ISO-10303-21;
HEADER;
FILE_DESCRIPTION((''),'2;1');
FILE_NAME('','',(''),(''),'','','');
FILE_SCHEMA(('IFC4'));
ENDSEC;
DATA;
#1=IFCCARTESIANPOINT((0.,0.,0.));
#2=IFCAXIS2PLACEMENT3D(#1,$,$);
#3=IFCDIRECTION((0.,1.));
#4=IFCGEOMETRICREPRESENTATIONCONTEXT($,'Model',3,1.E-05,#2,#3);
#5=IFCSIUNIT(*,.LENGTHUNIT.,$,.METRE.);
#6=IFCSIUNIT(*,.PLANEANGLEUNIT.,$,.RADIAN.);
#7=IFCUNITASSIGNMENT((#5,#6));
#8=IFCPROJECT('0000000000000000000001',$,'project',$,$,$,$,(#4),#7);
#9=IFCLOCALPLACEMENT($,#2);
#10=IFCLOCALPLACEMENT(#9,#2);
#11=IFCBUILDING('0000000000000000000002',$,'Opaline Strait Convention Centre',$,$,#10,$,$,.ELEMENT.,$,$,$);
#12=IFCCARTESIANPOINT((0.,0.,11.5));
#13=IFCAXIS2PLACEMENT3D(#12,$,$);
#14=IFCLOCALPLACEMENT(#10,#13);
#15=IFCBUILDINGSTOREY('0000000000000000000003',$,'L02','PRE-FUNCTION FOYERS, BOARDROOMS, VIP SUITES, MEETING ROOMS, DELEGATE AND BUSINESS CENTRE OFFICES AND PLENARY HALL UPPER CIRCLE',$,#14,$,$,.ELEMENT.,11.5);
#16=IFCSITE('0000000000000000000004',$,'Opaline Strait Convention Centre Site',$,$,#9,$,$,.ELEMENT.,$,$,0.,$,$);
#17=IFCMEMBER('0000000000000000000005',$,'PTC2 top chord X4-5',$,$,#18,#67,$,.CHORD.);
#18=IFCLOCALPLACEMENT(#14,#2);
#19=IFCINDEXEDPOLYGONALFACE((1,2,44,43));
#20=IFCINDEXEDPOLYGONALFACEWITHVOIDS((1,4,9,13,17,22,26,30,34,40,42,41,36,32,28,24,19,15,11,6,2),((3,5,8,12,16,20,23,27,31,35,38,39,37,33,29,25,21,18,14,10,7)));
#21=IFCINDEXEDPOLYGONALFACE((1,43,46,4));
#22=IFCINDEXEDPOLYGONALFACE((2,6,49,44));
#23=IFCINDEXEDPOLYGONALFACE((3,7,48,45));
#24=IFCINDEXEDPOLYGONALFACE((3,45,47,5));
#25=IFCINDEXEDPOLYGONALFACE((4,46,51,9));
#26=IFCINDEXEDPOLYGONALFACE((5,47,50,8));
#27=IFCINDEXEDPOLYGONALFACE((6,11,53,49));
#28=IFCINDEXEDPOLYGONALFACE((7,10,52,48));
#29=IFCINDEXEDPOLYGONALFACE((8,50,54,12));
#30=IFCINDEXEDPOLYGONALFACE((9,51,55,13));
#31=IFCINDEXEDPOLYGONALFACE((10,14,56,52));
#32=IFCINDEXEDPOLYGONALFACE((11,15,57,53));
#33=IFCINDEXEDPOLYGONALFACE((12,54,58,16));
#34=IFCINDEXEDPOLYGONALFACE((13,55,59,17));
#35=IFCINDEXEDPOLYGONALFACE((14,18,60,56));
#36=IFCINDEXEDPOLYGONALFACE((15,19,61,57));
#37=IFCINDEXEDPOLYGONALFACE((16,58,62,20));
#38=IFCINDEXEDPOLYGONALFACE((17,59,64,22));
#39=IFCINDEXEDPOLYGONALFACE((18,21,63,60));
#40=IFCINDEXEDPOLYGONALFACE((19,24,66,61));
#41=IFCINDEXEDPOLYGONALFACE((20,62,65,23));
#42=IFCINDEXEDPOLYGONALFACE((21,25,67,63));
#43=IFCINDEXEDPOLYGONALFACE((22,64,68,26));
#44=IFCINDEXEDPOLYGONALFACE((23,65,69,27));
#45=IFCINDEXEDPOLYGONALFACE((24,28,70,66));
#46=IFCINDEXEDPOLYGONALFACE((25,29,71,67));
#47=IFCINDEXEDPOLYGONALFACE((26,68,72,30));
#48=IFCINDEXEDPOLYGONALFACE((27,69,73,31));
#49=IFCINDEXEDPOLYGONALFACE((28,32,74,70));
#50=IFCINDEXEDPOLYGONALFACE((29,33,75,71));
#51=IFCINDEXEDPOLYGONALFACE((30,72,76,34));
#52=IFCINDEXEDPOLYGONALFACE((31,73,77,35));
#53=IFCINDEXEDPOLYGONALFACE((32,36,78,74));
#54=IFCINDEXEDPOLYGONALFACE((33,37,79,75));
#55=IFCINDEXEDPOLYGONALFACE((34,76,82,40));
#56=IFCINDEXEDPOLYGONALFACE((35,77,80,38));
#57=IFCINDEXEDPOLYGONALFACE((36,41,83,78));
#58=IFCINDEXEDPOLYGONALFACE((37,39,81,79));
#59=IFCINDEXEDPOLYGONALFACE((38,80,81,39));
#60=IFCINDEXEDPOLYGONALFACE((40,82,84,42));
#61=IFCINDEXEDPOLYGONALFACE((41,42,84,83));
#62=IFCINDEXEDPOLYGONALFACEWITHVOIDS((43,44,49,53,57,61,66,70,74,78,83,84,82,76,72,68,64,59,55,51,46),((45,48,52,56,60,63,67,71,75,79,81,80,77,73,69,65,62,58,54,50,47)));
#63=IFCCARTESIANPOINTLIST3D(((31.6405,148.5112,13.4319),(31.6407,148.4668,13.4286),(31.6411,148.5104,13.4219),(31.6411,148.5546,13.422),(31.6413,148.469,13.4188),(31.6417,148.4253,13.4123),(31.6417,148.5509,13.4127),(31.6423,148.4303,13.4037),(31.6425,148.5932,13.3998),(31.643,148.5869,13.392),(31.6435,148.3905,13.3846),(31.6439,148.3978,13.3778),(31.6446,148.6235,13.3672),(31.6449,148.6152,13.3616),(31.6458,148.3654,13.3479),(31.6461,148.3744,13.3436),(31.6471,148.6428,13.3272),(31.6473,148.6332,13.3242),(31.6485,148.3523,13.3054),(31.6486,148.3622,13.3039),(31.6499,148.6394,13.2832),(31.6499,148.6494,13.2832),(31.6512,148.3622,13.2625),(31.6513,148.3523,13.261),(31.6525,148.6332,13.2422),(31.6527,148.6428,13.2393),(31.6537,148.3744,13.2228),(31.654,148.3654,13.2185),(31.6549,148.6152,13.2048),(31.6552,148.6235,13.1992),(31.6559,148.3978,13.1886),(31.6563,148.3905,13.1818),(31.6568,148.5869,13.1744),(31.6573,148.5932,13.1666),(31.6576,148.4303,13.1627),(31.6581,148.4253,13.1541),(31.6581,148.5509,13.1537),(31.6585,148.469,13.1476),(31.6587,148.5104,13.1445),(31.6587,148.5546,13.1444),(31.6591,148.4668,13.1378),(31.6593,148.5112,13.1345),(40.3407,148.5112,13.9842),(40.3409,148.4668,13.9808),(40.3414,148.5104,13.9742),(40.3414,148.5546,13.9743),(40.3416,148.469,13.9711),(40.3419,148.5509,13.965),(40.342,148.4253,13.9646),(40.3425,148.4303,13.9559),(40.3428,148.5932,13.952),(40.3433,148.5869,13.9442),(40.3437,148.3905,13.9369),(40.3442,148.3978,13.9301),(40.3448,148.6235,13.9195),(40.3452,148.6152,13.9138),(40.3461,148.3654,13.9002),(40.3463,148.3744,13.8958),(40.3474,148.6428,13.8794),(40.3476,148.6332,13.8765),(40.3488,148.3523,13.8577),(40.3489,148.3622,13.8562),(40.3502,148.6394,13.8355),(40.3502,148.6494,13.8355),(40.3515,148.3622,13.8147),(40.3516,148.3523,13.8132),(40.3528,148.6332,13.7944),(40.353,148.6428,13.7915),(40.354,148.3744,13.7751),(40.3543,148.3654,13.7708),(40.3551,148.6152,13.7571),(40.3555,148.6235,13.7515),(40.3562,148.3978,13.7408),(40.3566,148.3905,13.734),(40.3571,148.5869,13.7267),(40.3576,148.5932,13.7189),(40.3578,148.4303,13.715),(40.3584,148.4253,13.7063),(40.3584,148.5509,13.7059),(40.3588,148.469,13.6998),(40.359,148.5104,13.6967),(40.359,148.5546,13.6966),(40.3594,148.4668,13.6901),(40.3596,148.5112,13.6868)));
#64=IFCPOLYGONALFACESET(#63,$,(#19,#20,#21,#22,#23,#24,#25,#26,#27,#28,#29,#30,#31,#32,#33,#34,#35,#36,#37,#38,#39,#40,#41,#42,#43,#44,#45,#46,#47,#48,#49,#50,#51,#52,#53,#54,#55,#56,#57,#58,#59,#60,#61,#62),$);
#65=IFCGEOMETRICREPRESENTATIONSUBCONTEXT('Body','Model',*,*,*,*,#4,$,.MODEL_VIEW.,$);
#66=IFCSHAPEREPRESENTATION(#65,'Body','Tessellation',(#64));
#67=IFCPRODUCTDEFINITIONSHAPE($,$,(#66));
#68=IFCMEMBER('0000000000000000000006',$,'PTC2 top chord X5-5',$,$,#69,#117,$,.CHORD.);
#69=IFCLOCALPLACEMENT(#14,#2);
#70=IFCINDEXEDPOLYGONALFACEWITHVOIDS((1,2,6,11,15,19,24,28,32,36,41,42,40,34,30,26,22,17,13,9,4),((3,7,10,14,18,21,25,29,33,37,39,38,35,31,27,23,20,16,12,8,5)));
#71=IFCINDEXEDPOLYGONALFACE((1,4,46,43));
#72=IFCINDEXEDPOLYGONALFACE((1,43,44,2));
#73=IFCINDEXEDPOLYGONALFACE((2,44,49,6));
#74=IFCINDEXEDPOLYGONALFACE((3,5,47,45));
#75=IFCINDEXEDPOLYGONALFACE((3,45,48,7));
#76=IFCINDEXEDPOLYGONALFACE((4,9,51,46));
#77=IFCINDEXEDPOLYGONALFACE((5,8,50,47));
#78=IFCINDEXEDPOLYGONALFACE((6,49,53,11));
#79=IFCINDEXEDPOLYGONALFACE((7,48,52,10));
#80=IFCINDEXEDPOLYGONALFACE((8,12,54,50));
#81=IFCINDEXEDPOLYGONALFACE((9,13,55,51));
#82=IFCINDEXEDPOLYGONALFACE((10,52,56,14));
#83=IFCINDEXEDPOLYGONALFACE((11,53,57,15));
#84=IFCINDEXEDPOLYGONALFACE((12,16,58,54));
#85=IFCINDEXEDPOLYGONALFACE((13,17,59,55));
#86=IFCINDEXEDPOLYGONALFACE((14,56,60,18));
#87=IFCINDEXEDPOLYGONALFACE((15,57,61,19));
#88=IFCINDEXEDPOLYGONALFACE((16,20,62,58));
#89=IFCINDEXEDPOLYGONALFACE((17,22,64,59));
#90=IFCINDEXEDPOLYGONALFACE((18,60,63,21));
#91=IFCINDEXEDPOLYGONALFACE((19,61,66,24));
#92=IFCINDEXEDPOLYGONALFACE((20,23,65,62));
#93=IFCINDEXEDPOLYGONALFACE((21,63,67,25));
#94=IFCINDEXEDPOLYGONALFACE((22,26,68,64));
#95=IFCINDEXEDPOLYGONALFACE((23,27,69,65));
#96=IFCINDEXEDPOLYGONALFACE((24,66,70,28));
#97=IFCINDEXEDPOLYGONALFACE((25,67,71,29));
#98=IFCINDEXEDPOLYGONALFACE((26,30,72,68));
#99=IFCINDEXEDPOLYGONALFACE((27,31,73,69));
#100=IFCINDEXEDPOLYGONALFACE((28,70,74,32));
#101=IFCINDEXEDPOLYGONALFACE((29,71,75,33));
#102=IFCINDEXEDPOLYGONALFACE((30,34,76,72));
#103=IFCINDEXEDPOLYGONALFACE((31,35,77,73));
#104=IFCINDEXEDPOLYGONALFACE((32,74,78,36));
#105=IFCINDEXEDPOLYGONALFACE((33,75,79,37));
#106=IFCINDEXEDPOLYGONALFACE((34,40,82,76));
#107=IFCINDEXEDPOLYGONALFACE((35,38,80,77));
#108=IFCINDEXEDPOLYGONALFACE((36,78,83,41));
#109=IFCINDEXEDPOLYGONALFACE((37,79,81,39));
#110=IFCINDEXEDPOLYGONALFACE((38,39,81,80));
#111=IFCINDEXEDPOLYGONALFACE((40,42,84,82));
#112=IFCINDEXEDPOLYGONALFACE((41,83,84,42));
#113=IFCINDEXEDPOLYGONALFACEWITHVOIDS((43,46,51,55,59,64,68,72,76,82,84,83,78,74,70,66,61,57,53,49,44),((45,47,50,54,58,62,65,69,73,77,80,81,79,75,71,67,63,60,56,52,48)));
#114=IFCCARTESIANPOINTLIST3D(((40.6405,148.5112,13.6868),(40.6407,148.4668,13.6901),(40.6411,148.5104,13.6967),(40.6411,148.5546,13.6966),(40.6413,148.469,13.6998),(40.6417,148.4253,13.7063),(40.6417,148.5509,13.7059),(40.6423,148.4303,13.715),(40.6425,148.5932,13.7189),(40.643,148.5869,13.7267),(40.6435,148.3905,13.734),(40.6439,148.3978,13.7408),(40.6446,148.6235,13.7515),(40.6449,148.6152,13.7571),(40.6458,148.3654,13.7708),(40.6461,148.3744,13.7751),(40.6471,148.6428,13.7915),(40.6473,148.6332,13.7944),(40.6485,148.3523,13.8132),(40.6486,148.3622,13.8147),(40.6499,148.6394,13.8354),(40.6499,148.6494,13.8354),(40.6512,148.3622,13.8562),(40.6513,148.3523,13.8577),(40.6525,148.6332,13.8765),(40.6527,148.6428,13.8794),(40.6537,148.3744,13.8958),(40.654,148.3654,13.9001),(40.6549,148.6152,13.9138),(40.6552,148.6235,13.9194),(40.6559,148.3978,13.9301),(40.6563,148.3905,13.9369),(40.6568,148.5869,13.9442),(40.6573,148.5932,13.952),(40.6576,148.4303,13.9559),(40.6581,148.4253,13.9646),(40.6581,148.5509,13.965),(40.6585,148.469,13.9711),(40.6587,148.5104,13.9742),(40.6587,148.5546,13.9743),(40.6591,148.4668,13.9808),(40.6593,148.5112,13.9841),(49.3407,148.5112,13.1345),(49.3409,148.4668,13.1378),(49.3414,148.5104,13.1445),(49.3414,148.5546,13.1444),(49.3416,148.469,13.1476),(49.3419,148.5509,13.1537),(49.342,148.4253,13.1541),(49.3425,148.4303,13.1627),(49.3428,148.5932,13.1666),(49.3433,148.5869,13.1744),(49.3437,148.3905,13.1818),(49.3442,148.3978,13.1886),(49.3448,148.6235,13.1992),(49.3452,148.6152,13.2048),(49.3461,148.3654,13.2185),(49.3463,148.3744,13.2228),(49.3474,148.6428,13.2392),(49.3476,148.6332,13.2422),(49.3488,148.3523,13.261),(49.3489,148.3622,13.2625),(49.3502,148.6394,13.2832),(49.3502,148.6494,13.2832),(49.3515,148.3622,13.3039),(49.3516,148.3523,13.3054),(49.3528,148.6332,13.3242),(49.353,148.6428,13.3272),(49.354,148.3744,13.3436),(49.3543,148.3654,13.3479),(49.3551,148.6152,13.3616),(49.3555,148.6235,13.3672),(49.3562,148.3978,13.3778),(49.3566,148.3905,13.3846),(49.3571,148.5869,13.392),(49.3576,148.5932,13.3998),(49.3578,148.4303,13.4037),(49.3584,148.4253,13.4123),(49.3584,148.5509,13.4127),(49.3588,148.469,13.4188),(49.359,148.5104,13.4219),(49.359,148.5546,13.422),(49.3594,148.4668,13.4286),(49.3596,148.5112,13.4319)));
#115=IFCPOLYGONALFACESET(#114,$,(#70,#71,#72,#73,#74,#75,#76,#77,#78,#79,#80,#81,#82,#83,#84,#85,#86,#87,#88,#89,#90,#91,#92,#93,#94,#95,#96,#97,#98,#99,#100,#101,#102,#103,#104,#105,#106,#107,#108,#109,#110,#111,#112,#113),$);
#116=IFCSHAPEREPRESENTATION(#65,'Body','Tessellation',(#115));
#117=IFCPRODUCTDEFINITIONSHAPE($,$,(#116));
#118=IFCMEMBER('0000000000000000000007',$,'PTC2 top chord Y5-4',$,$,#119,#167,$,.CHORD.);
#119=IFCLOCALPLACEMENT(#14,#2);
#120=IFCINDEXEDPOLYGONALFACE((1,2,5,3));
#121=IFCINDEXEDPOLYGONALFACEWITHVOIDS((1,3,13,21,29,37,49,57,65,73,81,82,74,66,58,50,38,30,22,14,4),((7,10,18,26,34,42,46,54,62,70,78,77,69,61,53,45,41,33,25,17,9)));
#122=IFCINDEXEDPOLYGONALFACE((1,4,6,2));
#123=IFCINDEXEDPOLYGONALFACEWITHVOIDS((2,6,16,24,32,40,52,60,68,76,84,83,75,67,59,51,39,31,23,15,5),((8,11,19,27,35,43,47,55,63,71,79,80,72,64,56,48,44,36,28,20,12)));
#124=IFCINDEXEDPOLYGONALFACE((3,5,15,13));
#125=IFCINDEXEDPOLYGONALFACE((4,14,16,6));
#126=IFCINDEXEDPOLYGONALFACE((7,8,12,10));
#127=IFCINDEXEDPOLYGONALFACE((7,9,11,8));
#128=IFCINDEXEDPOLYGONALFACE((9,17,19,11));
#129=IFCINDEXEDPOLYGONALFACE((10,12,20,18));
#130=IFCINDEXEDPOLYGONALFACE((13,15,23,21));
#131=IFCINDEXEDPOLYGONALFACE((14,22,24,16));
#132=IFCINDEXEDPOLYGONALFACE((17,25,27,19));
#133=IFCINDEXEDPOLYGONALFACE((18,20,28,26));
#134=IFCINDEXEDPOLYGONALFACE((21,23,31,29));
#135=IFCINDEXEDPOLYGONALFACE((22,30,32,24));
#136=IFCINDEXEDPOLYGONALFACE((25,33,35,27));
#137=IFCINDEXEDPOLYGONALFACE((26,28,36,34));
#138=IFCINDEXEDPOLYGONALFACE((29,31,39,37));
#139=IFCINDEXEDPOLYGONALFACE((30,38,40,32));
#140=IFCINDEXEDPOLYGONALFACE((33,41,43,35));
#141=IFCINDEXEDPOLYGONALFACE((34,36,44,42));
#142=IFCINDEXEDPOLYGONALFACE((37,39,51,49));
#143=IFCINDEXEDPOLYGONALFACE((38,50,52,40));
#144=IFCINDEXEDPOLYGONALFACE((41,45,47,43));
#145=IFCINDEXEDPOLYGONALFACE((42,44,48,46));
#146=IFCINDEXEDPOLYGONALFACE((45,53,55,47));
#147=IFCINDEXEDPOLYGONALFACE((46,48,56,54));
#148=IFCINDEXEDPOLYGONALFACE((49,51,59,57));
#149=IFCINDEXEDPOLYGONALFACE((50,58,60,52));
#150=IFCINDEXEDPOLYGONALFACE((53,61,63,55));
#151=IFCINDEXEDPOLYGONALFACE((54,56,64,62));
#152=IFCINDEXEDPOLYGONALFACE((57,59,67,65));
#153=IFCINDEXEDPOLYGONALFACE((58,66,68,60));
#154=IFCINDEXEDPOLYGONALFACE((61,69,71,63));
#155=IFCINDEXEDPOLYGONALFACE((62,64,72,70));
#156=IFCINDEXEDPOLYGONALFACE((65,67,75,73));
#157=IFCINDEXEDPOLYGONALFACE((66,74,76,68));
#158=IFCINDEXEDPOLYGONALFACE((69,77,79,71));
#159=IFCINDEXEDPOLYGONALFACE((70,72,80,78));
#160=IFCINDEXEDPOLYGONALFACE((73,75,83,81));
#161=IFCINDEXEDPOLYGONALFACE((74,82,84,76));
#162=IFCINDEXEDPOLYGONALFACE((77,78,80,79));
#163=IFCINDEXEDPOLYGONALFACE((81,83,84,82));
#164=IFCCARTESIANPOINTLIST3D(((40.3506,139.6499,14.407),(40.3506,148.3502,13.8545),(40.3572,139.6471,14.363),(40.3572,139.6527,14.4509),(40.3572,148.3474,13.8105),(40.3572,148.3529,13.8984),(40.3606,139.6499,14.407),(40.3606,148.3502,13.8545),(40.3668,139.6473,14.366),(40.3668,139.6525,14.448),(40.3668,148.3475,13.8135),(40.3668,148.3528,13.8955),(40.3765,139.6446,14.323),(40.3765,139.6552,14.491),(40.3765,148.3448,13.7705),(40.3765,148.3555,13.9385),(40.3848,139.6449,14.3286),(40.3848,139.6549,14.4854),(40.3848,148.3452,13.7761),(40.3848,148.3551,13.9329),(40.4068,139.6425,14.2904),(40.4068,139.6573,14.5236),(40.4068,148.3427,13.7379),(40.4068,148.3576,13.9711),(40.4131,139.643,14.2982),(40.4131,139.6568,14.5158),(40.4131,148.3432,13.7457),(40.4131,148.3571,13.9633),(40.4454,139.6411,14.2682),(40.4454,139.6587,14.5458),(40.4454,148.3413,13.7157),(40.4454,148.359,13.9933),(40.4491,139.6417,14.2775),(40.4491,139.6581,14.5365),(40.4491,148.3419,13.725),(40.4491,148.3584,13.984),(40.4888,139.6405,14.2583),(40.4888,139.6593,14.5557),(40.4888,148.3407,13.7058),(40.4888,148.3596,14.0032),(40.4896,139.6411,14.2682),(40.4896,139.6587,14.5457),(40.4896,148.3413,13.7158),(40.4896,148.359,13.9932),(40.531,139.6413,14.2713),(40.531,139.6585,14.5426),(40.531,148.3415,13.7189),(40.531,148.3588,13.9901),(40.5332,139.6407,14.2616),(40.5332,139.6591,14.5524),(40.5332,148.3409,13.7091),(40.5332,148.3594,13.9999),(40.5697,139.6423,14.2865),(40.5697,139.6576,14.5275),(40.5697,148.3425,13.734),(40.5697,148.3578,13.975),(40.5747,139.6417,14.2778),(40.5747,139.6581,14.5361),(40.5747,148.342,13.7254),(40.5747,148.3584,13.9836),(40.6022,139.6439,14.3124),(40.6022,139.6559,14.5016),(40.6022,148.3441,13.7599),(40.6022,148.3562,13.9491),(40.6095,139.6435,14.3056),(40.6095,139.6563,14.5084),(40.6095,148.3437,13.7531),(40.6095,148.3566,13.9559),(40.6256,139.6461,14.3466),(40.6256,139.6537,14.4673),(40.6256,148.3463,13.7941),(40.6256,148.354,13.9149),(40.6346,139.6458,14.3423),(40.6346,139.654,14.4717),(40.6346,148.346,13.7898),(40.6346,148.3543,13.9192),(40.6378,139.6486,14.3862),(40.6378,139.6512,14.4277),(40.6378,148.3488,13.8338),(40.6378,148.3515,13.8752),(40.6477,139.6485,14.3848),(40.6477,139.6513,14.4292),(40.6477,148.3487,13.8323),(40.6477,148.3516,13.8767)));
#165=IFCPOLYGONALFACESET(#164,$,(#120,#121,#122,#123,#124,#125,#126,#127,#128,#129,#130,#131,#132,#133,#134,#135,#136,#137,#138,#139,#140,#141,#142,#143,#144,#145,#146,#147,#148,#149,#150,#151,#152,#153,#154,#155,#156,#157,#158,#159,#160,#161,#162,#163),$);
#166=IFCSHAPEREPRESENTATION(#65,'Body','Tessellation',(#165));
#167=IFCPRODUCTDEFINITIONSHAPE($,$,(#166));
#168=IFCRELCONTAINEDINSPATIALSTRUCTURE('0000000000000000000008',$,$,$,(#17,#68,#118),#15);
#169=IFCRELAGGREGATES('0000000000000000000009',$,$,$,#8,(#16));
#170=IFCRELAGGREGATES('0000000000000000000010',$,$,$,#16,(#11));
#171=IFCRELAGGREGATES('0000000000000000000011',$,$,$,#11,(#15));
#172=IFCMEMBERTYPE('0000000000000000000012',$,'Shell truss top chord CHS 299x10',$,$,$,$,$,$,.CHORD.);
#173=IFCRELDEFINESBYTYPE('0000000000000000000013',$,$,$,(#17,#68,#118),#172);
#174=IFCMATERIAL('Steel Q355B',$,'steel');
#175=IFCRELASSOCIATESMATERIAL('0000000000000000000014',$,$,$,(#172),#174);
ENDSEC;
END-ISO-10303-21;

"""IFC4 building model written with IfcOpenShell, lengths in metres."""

from ifc_helpers import new_model, si_unit, direction, frame, origin, origin_2d, place, context, subcontext, project, spatial, hollow_circle, extrude, material, material_profile, profile_set, type_object, element, save


model = new_model("IFC4")

# Units and contexts
model_context = context("Model", 3, precision=1e-05, world=origin(), true_north=direction((0.0, 1.0)))
body_context = subcontext(model_context, "Body", "Model", "MODEL_VIEW")
ifc_project = project(units=[si_unit("LENGTHUNIT", "METRE"), si_unit("PLANEANGLEUNIT", "RADIAN")], contexts=[model_context])

# Site, building, storey
site_placement = place(None, origin())
site = spatial("IfcSite", under=ifc_project, at=site_placement, Name="Opaline Strait Convention Centre Site", CompositionType="ELEMENT", RefElevation=0.0)
building_placement = place(site_placement, origin())
building = spatial("IfcBuilding", under=site, at=building_placement, Name="Opaline Strait Convention Centre", CompositionType="ELEMENT")
storey_placement = place(building_placement, frame((0.0, 0.0, 11.5)))
storey = spatial("IfcBuildingStorey", under=building, at=storey_placement, Name="L02", Description="PRE-FUNCTION FOYERS, BOARDROOMS, VIP SUITES, MEETING ROOMS, DELEGATE AND BUSINESS CENTRE OFFICES AND PLENARY HALL UPPER CIRCLE", CompositionType="ELEMENT", Elevation=11.5)

# Members
ifc_material_1 = material(Name="Steel Q355B", Category="steel")
ifc_material_profile_1 = material_profile(ifc_material_1, hollow_circle(Radius=0.1494, WallThickness=0.01, at=origin_2d()), Name="CHS 299x10")
ifc_profile_set_1 = profile_set([ifc_material_profile_1], Name="Steel Q355B")
member_type_1 = type_object("IfcMemberType", Name="Shell truss top chord CHS 299x10", PredefinedType="CHORD", material=ifc_profile_set_1)
for number, where, z_axis, x_axis, name in (
    (1, (31.6499, 148.5, 13.2832), (0.997992, 0.0, 0.063348), (0.0, 1.0, 0.0), "PTC2 top chord X4-5"),
    (2, (40.6499, 148.5, 13.8354), (0.997992, 0.0, -0.063348), (0.0, 1.0, 0.0), "PTC2 top chord X5-5"),
    (3, (40.5, 139.6499, 14.407), (0.0, 0.99799, -0.063376), (-1.0, 0.0, 0.0), "PTC2 top chord Y5-4"),
):
    element("IfcMember", number, at=place(storey_placement, frame(where, z_axis=z_axis, x_axis=x_axis)), inside=storey, type_object=member_type_1, Name=name, PredefinedType="CHORD", context=body_context, shape_type="SweptSolid", body=[
        extrude(hollow_circle(Radius=0.1494, WallThickness=0.01, at=origin_2d()), origin(), (0.0, 0.0, 1.0), 8.7178),
    ])

save(model, "model.ifc")
